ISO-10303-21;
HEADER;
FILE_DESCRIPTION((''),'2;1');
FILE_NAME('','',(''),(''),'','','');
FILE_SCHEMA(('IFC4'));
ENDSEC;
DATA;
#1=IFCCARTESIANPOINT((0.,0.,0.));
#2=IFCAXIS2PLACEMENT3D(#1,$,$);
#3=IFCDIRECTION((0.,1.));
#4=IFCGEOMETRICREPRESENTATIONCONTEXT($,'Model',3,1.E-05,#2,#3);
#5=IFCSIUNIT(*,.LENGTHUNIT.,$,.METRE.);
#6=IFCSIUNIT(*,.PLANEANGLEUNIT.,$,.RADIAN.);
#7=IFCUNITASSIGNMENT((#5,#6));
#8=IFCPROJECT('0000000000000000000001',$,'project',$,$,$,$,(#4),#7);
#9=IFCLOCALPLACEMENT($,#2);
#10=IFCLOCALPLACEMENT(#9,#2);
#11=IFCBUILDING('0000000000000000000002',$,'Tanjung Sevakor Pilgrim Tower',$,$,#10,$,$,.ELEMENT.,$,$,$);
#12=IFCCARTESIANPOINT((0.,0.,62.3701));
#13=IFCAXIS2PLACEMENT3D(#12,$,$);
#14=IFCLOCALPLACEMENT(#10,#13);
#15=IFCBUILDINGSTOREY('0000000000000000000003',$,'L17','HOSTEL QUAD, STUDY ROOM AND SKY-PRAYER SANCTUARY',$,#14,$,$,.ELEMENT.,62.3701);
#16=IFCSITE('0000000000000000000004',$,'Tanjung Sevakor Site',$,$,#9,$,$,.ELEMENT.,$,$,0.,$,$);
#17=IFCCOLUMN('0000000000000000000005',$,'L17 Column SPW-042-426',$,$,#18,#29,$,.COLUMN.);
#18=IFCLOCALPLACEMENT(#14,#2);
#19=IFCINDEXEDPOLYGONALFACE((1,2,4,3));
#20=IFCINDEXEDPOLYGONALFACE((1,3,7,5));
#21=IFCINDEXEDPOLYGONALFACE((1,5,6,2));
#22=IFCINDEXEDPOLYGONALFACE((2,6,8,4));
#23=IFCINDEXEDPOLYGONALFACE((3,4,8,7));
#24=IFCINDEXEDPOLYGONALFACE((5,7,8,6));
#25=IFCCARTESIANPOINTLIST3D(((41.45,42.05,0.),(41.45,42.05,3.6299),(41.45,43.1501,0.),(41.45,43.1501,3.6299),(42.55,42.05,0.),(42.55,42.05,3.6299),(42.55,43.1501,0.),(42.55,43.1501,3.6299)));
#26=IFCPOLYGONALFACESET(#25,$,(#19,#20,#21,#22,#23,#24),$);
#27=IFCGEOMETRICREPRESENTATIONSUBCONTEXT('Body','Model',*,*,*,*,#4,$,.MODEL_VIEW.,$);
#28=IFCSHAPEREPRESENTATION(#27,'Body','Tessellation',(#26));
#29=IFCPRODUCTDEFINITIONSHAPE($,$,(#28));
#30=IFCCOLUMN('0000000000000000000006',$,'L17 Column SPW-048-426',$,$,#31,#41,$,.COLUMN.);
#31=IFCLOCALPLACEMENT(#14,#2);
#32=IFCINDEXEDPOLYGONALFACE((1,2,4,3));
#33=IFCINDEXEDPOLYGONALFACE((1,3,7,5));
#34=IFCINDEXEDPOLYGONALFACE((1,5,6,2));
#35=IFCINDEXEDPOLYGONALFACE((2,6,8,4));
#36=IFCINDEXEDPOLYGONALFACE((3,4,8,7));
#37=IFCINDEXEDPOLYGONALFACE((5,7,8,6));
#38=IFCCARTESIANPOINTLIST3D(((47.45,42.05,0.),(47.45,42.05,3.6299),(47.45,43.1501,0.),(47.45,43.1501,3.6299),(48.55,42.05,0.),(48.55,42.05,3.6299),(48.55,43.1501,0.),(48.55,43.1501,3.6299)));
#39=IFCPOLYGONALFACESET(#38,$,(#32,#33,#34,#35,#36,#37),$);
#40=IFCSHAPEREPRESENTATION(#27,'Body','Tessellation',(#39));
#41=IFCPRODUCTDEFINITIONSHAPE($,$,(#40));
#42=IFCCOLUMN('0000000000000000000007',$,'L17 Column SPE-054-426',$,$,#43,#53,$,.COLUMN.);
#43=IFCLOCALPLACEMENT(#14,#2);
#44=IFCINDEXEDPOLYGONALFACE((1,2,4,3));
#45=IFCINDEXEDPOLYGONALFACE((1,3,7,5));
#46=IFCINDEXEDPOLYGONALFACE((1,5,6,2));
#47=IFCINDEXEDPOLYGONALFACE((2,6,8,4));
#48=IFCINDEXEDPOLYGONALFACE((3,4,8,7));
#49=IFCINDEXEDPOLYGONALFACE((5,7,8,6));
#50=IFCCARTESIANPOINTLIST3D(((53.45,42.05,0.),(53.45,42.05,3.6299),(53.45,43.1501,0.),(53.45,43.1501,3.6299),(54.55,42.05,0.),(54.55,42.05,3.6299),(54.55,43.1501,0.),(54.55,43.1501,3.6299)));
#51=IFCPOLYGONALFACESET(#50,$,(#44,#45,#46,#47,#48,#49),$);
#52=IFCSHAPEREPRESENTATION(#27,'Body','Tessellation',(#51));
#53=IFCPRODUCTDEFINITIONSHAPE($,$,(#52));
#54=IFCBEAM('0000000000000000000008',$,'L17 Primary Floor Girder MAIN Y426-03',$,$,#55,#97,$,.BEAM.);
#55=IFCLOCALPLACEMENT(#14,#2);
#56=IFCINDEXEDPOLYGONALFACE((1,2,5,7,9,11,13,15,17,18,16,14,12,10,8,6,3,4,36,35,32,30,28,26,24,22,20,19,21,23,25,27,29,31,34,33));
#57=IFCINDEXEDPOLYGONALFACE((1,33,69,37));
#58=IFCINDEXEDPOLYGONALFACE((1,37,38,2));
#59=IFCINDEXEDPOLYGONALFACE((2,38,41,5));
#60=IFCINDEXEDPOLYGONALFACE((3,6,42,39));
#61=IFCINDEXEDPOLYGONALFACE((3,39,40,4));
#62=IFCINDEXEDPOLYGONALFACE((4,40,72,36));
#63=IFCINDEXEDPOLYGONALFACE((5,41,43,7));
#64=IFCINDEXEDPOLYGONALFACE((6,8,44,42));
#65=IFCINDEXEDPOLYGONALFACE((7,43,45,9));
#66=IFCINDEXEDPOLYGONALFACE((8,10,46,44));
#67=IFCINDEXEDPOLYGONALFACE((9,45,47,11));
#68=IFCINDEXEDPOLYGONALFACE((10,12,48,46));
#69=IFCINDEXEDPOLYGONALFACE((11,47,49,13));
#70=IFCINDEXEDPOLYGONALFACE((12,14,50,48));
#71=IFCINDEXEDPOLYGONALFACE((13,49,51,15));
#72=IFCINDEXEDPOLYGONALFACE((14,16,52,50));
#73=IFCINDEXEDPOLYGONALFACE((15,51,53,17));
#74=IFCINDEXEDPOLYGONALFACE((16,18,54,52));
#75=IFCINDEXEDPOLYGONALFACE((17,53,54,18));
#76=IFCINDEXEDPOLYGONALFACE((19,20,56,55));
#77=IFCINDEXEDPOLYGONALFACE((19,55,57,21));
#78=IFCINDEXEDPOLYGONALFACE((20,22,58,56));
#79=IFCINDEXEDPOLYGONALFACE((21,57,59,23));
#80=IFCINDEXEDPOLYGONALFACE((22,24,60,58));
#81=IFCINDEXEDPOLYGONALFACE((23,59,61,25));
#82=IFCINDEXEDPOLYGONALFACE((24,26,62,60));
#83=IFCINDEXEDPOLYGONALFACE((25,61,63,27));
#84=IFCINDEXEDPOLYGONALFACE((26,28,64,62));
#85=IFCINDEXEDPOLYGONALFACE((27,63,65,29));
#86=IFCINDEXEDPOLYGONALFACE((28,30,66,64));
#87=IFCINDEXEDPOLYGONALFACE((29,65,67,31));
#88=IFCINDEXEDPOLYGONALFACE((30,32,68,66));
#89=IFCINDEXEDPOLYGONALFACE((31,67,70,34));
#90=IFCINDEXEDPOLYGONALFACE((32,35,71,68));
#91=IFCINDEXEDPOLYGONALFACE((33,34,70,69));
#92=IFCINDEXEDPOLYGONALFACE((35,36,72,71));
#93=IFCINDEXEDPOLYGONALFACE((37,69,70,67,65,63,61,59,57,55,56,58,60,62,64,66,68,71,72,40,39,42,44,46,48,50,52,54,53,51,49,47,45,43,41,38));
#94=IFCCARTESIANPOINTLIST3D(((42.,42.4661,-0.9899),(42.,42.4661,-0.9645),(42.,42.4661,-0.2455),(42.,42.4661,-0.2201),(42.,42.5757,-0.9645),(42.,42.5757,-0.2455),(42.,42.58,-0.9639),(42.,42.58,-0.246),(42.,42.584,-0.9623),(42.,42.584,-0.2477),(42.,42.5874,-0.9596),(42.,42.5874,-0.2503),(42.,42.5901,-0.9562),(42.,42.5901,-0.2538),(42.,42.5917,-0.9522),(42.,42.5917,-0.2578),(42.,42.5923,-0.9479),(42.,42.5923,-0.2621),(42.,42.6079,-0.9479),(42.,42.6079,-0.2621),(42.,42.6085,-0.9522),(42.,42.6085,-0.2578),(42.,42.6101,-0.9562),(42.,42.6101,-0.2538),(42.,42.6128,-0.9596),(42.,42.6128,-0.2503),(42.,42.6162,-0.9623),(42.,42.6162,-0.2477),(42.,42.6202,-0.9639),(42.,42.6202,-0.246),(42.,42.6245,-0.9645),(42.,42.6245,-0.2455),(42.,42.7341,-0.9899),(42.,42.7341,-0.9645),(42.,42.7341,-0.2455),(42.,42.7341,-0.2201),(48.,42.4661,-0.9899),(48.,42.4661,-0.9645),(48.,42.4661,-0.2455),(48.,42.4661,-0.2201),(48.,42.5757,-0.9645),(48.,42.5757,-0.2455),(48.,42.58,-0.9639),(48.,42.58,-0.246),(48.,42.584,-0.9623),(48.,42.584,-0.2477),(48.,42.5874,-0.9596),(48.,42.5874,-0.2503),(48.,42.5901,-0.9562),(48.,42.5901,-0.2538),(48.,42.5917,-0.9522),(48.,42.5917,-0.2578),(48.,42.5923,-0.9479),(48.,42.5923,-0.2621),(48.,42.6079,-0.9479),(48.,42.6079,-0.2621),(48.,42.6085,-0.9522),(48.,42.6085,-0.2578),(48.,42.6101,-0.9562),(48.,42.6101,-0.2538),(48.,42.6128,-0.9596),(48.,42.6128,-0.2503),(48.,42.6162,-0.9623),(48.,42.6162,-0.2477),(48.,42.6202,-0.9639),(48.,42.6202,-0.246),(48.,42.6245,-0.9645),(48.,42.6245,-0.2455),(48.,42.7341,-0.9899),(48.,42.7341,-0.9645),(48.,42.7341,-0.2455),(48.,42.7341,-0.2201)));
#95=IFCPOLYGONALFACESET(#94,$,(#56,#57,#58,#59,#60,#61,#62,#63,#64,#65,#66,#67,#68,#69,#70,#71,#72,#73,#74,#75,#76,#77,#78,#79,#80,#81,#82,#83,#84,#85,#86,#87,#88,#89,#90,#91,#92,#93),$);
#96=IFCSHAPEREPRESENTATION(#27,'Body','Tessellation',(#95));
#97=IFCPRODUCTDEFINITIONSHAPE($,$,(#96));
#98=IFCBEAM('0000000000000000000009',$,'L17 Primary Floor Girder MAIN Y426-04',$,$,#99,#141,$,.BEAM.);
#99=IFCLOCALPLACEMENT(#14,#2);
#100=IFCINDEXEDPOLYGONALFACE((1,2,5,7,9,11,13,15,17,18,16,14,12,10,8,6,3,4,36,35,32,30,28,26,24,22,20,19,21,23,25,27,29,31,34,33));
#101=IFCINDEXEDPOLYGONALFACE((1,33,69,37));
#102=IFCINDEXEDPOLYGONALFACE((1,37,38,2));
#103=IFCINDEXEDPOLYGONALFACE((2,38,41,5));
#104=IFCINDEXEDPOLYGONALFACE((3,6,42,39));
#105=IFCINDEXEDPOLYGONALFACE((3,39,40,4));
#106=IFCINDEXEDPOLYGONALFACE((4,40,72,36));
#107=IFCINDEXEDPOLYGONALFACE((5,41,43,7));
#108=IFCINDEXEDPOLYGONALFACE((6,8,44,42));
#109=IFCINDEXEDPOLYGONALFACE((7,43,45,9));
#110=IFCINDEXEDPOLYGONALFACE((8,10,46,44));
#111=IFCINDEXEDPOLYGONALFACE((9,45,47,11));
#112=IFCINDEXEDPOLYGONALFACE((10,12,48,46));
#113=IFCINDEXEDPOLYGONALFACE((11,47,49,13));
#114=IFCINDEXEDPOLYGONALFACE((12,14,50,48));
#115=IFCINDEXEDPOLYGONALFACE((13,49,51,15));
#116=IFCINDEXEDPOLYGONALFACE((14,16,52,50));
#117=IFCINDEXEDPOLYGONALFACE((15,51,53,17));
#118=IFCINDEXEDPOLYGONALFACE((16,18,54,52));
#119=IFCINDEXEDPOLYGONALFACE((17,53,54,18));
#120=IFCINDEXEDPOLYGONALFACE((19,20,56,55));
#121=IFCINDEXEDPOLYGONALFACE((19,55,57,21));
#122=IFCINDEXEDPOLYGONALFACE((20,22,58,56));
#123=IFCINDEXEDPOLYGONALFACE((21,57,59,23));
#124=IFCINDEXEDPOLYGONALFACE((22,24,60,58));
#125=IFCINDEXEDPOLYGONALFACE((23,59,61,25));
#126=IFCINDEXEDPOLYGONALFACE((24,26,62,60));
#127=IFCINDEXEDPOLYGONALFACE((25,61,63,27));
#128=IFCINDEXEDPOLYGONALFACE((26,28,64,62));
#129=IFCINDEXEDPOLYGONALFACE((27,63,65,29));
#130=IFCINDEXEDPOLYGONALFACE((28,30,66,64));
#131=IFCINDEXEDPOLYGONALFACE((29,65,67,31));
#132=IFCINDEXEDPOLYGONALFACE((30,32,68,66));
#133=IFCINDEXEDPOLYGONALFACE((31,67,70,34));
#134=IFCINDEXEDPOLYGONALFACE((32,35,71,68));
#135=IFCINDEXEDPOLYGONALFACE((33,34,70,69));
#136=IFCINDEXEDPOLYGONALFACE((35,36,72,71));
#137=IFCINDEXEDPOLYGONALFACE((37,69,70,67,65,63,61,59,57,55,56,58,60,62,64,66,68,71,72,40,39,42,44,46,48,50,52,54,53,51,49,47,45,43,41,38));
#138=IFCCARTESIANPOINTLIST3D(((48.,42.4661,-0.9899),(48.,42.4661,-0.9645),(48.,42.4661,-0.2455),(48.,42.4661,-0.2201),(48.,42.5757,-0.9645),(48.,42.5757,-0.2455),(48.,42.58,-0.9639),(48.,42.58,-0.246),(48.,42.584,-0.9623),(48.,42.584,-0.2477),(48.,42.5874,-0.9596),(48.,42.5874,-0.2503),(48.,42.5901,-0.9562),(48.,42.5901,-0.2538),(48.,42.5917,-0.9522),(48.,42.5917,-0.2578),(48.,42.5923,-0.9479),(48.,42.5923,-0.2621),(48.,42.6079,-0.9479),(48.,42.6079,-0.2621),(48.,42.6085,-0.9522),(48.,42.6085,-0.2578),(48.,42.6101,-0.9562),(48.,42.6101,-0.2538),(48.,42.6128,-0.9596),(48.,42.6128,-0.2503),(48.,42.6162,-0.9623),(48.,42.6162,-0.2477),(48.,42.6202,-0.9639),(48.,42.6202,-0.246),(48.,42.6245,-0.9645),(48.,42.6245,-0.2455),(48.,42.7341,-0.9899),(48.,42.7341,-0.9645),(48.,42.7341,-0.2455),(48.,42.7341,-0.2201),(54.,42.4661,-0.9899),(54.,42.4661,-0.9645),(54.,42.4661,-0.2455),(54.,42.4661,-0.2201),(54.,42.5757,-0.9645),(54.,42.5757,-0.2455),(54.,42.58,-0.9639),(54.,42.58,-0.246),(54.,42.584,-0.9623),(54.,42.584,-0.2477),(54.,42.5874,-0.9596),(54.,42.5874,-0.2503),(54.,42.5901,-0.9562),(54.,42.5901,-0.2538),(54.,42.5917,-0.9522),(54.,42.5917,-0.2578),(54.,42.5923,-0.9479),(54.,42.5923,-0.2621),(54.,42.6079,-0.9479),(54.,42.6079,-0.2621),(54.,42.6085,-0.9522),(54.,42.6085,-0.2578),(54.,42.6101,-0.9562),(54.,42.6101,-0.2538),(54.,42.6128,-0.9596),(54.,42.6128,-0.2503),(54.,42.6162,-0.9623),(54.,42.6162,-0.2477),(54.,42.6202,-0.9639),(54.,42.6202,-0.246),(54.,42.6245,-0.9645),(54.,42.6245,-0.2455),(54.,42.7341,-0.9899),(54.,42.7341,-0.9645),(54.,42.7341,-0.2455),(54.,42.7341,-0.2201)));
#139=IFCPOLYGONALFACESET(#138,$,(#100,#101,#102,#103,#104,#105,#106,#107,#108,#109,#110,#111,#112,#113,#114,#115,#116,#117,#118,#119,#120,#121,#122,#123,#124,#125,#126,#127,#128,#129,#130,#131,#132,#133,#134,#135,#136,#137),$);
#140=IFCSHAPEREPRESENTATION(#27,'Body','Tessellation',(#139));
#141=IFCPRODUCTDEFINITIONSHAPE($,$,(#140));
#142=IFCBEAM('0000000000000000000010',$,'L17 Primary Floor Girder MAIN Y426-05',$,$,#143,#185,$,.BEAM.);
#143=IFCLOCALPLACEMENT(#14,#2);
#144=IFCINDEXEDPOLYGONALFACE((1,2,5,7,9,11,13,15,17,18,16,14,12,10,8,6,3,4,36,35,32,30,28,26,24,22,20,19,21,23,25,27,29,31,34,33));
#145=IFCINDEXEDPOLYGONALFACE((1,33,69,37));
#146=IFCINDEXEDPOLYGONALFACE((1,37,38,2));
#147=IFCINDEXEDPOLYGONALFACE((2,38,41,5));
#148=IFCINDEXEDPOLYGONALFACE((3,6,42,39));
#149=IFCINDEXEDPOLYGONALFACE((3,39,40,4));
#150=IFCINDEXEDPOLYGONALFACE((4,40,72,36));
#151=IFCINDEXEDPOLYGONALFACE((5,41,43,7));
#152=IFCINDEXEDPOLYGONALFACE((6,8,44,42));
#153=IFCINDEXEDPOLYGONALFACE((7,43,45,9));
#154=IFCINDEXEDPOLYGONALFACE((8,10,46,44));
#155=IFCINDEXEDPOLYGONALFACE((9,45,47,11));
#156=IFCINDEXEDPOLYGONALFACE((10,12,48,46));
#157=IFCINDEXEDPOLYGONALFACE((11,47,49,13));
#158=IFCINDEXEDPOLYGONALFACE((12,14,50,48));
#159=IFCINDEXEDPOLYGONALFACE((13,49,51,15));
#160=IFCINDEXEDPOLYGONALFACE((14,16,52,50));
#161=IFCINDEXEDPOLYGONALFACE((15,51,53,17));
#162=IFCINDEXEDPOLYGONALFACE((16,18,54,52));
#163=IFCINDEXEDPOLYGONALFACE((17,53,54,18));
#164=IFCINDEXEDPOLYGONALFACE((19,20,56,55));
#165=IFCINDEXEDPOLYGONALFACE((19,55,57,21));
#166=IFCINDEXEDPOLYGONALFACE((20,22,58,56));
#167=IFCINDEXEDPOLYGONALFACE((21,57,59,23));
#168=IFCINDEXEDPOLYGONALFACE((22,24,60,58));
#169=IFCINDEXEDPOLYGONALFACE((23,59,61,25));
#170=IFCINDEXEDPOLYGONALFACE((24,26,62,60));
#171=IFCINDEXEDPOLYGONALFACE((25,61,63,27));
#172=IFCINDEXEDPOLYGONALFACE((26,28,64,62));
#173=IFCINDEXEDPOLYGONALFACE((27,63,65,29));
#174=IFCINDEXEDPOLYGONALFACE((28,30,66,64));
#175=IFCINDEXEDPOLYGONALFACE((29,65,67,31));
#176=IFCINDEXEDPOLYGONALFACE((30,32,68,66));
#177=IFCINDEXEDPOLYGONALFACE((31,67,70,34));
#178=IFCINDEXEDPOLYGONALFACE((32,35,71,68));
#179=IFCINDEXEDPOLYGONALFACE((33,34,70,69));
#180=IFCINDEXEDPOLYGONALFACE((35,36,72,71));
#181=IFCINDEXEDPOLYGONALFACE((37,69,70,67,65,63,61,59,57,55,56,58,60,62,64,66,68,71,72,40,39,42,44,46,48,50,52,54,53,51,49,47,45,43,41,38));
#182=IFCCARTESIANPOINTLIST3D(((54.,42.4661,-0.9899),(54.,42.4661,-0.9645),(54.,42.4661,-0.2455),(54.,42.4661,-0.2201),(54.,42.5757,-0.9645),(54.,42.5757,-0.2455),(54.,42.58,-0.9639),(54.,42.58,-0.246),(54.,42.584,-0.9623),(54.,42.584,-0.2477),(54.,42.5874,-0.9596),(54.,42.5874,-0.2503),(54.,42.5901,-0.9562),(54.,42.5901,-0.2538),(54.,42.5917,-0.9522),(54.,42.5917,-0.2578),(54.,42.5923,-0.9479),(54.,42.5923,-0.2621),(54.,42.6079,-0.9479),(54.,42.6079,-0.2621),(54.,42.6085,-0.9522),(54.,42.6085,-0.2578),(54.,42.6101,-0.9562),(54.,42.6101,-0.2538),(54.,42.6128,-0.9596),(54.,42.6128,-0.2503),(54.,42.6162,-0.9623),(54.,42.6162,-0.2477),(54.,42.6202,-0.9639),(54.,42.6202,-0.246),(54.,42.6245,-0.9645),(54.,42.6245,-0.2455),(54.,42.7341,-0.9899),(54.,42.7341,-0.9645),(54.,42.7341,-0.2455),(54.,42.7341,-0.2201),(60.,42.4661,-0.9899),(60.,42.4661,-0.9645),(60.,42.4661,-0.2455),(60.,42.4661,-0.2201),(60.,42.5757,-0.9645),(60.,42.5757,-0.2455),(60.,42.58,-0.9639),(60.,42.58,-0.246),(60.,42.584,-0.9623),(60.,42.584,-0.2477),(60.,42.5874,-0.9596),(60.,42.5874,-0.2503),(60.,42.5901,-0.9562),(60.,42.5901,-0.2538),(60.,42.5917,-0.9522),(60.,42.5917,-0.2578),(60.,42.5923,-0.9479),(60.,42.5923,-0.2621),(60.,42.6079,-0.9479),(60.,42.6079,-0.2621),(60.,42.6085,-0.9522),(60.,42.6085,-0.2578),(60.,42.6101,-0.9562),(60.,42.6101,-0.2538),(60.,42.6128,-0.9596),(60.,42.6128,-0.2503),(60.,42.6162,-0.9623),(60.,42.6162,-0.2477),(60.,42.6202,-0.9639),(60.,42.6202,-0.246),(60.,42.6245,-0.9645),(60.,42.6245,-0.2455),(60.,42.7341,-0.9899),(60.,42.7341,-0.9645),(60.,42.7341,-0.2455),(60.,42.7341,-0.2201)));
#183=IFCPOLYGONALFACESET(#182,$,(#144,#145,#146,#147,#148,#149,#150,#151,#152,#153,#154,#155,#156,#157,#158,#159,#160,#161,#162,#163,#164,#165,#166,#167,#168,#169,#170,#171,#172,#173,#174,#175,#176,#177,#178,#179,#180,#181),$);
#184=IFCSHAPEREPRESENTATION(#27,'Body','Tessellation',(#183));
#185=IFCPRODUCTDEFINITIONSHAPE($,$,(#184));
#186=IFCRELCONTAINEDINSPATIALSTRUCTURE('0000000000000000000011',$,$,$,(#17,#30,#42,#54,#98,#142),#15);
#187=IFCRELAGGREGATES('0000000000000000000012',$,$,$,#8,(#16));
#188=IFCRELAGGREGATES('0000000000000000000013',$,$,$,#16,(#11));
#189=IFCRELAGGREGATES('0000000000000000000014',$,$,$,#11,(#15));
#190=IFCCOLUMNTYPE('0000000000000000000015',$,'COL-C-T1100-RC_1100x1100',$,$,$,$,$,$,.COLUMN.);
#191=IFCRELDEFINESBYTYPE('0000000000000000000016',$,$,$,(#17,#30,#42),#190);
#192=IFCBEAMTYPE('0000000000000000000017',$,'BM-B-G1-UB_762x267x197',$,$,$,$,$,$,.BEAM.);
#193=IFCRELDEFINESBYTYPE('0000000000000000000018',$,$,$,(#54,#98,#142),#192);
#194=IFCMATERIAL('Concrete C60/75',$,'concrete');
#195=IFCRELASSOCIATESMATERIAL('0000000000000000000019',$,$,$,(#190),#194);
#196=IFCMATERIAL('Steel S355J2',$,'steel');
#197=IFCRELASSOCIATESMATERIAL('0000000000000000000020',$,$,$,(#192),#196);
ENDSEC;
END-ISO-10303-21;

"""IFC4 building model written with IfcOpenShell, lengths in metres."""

from ifc_helpers import new_model, si_unit, direction, frame, origin, origin_2d, place, context, subcontext, project, spatial, rectangle, i_section, extrude, material, material_profile, profile_set, type_object, element, save


model = new_model("IFC4")

# Units and contexts
model_context = context("Model", 3, precision=1e-05, world=origin(), true_north=direction((0.0, 1.0)))
body_context = subcontext(model_context, "Body", "Model", "MODEL_VIEW")
ifc_project = project(units=[si_unit("LENGTHUNIT", "METRE"), si_unit("PLANEANGLEUNIT", "RADIAN")], contexts=[model_context])

# Site, building, storey
site_placement = place(None, origin())
site = spatial("IfcSite", under=ifc_project, at=site_placement, Name="Tanjung Sevakor Site", CompositionType="ELEMENT", RefElevation=0.0)
building_placement = place(site_placement, origin())
building = spatial("IfcBuilding", under=site, at=building_placement, Name="Tanjung Sevakor Pilgrim Tower", CompositionType="ELEMENT")
storey_placement = place(building_placement, frame((0.0, 0.0, 62.3701)))
storey = spatial("IfcBuildingStorey", under=building, at=storey_placement, Name="L17", Description="HOSTEL QUAD, STUDY ROOM AND SKY-PRAYER SANCTUARY", CompositionType="ELEMENT", Elevation=62.3701)

# Columns
ifc_material_1 = material(Name="Concrete C60/75", Category="concrete")
ifc_material_profile_1 = material_profile(ifc_material_1, rectangle(XDim=1.1001, YDim=1.1001, at=origin_2d()))
ifc_profile_set_1 = profile_set([ifc_material_profile_1], Name="Concrete C60/75")
column_type = type_object("IfcColumnType", Name="COL-C-T1100-RC_1100x1100", PredefinedType="COLUMN", material=ifc_profile_set_1)
for number, where, z_axis, x_axis, name in (
    (1, (42.0, 42.6001, 0.0), (0.0, 0.0, 1.0), (1.0, 0.0, 0.0), "L17 Column SPW-042-426"),
    (2, (48.0, 42.6001, 0.0), (0.0, 0.0, 1.0), (1.0, 0.0, 0.0), "L17 Column SPW-048-426"),
    (3, (54.0, 42.6001, 0.0), (0.0, 0.0, 1.0), (1.0, 0.0, 0.0), "L17 Column SPE-054-426"),
):
    element("IfcColumn", number, at=place(storey_placement, frame(where, z_axis=z_axis, x_axis=x_axis)), inside=storey, type_object=column_type, Name=name, PredefinedType="COLUMN", context=body_context, shape_type="SweptSolid", body=[
        extrude(rectangle(XDim=1.1001, YDim=1.1001, at=origin_2d()), origin(), (0.0, 0.0, 1.0), 3.6299),
    ])

# Beams
ifc_material_2 = material(Name="Steel S355J2", Category="steel")
ifc_material_profile_2 = material_profile(ifc_material_2, i_section(OverallWidth=0.2681, OverallDepth=0.7698, WebThickness=0.0156, FlangeThickness=0.0254, FilletRadius=0.0166, at=origin_2d()))
ifc_profile_set_2 = profile_set([ifc_material_profile_2], Name="Steel S355J2")
beam_type_1 = type_object("IfcBeamType", Name="BM-B-G1-UB_762x267x197", PredefinedType="BEAM", material=ifc_profile_set_2)
for number, where, z_axis, x_axis, name in (
    (4, (42.0, 42.6001, -0.605), (1.0, 0.0, 0.0), (0.0, 1.0, 0.0), "L17 Primary Floor Girder MAIN Y426-03"),
    (5, (48.0, 42.6001, -0.605), (1.0, 0.0, 0.0), (0.0, 1.0, 0.0), "L17 Primary Floor Girder MAIN Y426-04"),
    (6, (54.0, 42.6001, -0.605), (1.0, 0.0, 0.0), (0.0, 1.0, 0.0), "L17 Primary Floor Girder MAIN Y426-05"),
):
    element("IfcBeam", number, at=place(storey_placement, frame(where, z_axis=z_axis, x_axis=x_axis)), inside=storey, type_object=beam_type_1, Name=name, PredefinedType="BEAM", context=body_context, shape_type="SweptSolid", body=[
        extrude(i_section(OverallWidth=0.2681, OverallDepth=0.7698, WebThickness=0.0156, FlangeThickness=0.0254, FilletRadius=0.0166, at=origin_2d()), origin(), (0.0, 0.0, 1.0), 6.0),
    ])

save(model, "model.ifc")
